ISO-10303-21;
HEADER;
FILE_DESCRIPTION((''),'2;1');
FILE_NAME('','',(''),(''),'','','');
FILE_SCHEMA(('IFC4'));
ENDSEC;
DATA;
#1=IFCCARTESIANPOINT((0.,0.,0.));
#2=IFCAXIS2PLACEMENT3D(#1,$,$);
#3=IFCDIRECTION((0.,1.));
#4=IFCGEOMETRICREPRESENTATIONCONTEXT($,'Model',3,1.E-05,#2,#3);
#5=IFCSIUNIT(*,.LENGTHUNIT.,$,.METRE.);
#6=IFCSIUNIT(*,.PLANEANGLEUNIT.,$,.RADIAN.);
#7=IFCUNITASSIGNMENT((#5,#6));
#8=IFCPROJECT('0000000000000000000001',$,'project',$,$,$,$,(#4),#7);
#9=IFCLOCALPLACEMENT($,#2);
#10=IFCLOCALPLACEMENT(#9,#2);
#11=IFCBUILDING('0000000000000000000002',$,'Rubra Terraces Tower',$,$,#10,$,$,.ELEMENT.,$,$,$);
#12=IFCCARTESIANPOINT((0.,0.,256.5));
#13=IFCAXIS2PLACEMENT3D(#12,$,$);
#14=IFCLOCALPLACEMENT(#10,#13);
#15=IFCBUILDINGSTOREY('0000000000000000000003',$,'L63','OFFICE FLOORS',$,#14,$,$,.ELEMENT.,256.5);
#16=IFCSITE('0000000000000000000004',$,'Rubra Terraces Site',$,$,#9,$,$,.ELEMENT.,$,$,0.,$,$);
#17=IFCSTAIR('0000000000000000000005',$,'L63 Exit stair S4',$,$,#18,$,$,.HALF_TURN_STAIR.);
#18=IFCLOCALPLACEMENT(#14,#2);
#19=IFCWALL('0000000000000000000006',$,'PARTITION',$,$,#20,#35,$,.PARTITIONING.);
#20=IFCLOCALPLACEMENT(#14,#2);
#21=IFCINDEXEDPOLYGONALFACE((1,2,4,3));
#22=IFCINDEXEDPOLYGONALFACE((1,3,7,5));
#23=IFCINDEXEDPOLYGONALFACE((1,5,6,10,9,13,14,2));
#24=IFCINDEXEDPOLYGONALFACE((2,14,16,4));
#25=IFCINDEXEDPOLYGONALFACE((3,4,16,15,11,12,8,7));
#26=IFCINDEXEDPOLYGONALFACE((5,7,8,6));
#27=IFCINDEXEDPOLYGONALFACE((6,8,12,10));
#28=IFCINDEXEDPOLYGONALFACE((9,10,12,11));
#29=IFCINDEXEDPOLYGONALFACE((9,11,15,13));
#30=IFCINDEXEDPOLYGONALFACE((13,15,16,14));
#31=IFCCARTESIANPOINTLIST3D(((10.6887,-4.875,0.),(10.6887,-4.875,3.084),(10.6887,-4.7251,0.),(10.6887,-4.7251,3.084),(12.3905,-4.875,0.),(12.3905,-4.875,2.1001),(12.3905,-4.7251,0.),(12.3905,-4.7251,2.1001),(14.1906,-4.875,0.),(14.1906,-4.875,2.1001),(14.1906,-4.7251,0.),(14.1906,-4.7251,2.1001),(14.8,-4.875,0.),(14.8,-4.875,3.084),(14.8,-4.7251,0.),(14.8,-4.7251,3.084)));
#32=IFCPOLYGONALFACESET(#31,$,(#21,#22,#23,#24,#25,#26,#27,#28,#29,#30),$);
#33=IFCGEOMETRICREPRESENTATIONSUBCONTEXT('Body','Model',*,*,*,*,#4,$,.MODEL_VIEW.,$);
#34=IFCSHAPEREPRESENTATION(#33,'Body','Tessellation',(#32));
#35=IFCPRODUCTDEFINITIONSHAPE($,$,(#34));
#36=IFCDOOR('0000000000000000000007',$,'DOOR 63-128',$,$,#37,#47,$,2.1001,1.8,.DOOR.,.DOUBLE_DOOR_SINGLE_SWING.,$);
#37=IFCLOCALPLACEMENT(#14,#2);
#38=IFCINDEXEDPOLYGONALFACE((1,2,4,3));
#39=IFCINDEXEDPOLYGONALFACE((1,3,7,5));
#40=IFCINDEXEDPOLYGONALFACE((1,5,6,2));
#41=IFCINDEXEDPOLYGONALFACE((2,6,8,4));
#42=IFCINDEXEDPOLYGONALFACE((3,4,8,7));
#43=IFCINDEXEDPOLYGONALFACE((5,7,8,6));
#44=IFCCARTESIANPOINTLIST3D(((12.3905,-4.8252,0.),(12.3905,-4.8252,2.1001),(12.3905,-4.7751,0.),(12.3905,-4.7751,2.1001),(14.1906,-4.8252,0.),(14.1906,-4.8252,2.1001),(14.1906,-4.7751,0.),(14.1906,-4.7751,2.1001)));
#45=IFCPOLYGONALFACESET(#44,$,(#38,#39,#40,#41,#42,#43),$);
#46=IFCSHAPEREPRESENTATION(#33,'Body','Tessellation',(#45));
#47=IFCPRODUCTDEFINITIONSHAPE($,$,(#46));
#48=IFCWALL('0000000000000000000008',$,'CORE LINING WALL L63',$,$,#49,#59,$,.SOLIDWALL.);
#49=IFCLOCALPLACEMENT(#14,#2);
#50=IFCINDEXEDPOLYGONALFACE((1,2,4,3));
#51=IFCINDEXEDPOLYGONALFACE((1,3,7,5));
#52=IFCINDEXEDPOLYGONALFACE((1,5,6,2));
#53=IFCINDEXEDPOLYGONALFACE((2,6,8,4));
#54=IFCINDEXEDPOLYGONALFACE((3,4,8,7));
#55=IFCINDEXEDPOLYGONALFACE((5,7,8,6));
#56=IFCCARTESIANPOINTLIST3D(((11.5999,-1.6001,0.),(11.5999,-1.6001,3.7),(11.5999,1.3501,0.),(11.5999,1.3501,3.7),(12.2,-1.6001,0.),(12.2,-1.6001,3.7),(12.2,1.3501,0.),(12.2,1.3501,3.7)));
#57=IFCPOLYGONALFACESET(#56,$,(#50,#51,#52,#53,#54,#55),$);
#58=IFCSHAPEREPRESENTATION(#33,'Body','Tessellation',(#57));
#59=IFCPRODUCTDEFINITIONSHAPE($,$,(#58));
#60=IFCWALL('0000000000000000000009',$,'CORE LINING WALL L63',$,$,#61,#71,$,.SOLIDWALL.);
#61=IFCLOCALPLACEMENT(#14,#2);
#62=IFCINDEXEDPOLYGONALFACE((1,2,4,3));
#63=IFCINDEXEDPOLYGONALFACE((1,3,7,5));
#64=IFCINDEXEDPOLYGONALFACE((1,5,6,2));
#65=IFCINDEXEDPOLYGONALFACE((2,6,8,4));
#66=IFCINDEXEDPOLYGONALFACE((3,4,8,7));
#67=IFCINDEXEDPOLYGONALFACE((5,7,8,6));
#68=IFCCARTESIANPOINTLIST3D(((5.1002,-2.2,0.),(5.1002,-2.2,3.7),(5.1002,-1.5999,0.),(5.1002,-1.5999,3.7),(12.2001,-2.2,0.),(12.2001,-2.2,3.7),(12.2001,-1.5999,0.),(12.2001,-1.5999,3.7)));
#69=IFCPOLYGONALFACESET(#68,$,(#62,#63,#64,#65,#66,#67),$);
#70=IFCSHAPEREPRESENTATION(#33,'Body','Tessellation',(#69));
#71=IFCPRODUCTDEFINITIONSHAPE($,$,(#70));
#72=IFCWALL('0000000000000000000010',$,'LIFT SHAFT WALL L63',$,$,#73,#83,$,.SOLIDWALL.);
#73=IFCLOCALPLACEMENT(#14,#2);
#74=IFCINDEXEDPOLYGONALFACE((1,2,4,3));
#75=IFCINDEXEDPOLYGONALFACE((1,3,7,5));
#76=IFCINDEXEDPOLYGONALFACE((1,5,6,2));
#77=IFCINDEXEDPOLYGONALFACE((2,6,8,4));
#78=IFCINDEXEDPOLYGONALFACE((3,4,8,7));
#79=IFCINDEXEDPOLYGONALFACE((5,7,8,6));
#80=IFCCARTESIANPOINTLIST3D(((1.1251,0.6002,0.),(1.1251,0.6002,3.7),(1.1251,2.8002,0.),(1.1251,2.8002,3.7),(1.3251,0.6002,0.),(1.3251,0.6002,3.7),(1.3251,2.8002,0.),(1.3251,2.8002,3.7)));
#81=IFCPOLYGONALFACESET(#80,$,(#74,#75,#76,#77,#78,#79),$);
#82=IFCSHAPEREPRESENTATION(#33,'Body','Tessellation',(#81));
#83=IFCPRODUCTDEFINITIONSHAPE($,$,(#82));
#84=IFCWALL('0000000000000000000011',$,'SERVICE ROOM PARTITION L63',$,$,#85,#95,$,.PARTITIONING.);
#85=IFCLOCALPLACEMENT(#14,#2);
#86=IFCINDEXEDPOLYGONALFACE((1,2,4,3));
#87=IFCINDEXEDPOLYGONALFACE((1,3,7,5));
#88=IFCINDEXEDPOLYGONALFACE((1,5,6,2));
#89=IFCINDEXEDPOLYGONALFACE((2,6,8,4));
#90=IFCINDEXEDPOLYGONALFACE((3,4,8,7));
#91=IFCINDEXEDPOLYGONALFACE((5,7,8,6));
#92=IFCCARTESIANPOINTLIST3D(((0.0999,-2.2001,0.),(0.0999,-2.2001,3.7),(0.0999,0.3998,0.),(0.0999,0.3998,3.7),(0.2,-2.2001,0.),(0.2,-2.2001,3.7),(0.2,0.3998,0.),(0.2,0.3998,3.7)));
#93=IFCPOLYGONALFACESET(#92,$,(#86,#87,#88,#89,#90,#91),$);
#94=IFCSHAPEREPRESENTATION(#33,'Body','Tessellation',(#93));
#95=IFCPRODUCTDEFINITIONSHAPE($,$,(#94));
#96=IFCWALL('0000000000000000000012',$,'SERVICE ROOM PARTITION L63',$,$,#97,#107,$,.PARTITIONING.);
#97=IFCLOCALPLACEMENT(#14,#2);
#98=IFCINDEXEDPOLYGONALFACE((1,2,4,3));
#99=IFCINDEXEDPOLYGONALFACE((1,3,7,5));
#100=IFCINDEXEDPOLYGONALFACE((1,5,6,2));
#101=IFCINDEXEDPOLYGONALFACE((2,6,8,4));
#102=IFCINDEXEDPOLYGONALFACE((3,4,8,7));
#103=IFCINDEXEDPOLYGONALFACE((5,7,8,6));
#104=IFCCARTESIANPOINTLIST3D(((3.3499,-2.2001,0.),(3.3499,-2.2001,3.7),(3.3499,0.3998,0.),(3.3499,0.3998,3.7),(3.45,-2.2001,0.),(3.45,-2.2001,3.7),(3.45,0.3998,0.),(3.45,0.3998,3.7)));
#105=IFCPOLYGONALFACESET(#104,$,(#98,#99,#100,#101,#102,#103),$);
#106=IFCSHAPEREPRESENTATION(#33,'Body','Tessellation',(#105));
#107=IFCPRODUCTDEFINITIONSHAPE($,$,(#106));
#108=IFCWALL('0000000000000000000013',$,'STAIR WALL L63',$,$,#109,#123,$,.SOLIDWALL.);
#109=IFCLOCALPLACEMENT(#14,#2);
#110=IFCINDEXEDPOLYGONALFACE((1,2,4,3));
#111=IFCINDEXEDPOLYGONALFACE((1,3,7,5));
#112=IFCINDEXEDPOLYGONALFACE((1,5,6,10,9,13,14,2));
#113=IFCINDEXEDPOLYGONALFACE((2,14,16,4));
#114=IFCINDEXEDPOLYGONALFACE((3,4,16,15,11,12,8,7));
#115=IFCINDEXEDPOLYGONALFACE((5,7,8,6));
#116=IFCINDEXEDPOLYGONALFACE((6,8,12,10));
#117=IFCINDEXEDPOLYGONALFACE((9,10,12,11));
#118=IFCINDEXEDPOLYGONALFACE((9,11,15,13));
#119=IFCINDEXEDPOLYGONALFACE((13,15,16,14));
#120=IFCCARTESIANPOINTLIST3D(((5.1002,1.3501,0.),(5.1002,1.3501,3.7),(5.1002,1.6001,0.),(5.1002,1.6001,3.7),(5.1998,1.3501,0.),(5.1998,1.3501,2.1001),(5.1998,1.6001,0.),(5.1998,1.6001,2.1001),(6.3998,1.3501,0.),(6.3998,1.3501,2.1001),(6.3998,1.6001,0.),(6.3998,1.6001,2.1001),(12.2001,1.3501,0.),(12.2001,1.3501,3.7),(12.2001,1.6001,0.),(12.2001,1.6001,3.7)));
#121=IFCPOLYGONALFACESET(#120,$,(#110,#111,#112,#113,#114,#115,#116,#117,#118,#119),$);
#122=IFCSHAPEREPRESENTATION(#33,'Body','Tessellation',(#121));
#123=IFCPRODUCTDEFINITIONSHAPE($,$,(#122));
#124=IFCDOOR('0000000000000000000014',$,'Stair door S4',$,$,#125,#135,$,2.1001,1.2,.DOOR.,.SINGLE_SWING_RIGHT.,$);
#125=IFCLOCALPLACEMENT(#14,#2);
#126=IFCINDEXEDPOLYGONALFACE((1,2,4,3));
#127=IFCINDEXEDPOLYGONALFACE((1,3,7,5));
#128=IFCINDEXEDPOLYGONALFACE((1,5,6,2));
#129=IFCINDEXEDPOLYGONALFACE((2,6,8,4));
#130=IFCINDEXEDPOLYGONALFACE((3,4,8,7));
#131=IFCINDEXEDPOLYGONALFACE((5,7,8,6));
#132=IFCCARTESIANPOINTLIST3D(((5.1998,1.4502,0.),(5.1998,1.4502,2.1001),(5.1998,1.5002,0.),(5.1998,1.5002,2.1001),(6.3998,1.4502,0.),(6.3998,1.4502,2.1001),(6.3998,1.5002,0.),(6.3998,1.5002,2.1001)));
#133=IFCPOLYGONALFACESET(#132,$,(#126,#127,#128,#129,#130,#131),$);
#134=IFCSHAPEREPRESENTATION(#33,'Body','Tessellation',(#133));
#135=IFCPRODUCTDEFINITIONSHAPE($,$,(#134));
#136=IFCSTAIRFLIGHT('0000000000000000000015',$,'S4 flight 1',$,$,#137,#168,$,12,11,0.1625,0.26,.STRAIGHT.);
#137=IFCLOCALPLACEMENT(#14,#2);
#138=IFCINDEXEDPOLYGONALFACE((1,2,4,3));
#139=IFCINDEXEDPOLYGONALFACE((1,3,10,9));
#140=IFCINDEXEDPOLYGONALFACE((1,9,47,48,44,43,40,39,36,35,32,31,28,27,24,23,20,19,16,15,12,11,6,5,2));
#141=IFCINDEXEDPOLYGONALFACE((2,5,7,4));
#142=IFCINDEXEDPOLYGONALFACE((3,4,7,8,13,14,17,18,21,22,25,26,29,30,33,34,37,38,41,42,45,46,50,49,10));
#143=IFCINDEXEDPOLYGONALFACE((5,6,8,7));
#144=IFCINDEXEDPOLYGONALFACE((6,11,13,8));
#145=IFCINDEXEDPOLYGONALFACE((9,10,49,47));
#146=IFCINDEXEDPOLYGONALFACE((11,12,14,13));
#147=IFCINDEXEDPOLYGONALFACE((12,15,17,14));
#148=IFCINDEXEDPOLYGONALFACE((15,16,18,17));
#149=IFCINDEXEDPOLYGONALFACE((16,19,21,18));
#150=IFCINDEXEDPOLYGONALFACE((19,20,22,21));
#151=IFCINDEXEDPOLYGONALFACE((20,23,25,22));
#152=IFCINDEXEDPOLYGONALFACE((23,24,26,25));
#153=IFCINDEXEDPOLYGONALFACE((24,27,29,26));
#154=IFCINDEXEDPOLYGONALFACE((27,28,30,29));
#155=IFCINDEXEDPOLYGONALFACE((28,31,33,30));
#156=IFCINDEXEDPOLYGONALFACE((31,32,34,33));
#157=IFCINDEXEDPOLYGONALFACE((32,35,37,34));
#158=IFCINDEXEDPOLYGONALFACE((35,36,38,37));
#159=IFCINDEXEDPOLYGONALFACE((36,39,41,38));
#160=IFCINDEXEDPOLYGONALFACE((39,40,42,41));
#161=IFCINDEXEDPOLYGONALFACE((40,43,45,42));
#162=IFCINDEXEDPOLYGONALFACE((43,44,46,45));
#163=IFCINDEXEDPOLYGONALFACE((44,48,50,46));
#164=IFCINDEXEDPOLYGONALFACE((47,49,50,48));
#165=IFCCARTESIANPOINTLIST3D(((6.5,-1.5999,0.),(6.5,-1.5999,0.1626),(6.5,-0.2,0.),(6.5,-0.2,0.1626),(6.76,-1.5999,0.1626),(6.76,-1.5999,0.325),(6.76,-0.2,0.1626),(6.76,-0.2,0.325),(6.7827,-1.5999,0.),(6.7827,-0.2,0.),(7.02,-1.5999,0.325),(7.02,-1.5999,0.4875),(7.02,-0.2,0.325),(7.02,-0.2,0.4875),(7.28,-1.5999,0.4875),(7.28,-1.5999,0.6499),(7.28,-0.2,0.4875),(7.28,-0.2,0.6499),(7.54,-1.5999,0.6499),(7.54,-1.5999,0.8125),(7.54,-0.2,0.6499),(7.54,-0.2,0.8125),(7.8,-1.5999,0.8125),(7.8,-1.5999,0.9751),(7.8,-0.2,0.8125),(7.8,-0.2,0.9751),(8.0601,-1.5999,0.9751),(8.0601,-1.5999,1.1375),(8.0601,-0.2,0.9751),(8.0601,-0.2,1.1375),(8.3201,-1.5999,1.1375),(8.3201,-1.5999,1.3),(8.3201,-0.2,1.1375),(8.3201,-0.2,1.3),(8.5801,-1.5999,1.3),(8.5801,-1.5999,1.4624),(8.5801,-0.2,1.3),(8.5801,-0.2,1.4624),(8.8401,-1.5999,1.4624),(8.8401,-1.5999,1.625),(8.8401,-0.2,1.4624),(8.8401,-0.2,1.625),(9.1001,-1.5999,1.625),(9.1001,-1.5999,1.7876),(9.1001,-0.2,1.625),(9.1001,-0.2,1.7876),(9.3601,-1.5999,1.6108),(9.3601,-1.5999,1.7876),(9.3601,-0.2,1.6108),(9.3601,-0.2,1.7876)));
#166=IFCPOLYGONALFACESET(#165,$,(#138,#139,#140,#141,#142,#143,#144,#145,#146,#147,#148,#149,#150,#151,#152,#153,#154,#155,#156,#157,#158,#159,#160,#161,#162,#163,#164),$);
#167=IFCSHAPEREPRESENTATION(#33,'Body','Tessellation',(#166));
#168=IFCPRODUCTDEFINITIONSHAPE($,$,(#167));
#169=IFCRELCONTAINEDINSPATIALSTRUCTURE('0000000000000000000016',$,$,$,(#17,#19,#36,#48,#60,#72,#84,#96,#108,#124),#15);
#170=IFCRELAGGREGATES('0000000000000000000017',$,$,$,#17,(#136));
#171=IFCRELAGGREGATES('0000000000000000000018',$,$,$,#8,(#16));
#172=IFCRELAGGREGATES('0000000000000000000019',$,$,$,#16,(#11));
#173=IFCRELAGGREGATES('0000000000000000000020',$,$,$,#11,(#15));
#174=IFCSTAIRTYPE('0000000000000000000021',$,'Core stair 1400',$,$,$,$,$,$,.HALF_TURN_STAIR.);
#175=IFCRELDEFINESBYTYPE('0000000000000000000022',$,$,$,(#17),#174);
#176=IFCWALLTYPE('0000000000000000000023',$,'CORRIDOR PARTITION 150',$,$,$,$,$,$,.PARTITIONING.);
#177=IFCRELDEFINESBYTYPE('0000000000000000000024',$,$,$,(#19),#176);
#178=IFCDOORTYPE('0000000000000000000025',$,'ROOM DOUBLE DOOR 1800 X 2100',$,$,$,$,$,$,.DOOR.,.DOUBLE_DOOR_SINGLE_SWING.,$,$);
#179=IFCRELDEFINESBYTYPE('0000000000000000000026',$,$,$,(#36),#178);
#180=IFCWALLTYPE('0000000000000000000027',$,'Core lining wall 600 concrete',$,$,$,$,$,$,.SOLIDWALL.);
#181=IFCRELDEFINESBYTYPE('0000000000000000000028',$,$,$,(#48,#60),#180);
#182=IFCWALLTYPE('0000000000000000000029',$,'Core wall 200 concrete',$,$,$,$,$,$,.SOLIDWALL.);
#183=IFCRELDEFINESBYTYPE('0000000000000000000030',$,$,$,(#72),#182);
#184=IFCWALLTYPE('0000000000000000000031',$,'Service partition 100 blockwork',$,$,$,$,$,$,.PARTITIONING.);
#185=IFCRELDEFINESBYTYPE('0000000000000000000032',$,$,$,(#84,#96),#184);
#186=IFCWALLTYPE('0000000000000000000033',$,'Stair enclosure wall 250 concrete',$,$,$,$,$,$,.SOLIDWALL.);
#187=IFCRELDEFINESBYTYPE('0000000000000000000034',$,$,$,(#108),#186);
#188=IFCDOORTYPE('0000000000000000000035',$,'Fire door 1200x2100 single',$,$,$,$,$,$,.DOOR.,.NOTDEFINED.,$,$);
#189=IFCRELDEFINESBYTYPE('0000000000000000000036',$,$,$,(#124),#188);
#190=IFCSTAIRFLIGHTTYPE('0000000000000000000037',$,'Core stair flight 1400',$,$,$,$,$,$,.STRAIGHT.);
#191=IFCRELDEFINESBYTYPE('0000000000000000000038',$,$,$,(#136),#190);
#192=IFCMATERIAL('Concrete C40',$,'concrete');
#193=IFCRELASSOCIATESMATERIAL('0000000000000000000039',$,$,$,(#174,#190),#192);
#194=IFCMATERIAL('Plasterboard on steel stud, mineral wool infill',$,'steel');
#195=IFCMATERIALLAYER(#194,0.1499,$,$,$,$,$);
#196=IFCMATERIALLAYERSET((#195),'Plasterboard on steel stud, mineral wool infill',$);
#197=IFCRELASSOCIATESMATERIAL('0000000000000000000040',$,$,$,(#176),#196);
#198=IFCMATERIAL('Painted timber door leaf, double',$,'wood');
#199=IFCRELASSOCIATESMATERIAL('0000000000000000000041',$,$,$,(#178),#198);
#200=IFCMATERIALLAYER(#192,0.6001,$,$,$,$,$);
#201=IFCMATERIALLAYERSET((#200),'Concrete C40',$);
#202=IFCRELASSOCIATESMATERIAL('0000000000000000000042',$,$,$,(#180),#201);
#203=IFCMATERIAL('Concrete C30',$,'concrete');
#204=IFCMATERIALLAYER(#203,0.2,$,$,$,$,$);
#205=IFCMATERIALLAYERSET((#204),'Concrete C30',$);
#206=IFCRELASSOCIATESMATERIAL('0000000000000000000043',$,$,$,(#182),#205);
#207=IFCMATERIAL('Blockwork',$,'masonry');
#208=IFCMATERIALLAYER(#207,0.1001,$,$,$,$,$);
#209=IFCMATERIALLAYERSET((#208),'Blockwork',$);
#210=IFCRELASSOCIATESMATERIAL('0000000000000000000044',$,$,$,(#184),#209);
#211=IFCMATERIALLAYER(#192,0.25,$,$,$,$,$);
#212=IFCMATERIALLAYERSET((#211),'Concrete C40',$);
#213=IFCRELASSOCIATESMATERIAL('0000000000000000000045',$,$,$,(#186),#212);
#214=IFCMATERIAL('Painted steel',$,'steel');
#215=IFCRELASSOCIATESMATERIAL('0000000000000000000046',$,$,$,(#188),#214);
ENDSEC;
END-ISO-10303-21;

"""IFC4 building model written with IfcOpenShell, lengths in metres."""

from ifc_helpers import new_model, si_unit, direction, frame, frame_2d, origin, place, context, subcontext, project, spatial, polyline, rectangle, outline, extrude, material, layer, layer_set, type_object, element, fill, aggregate, save


model = new_model("IFC4")

# Units and contexts
model_context = context("Model", 3, precision=1e-05, world=origin(), true_north=direction((0.0, 1.0)))
body_context = subcontext(model_context, "Body", "Model", "MODEL_VIEW")
ifc_project = project(units=[si_unit("LENGTHUNIT", "METRE"), si_unit("PLANEANGLEUNIT", "RADIAN")], contexts=[model_context])

# Site, building, storey
site_placement = place(None, origin())
site = spatial("IfcSite", under=ifc_project, at=site_placement, Name="Rubra Terraces Site", CompositionType="ELEMENT", RefElevation=0.0)
building_placement = place(site_placement, origin())
building = spatial("IfcBuilding", under=site, at=building_placement, Name="Rubra Terraces Tower", CompositionType="ELEMENT")
storey_placement = place(building_placement, frame((0.0, 0.0, 256.5)))
storey = spatial("IfcBuildingStorey", under=building, at=storey_placement, Name="L63", Description="OFFICE FLOORS", CompositionType="ELEMENT", Elevation=256.5)

# Shared definitions
ifc_material_1 = material(Name="Concrete C40", Category="concrete")

# Stair
stair_type = type_object("IfcStairType", Name="Core stair 1400", PredefinedType="HALF_TURN_STAIR", material=ifc_material_1)
stair_1_placement = place(storey_placement, origin())
stair_1 = element("IfcStair", 1, at=stair_1_placement, inside=storey, type_object=stair_type, Name="L63 Exit stair S4", PredefinedType="HALF_TURN_STAIR")

# Wall, opening, door
ifc_material_2 = material(Name="Plasterboard on steel stud, mineral wool infill", Category="steel")
ifc_layer_1 = layer(ifc_material_2, 0.1499)
ifc_layer_set_1 = layer_set([ifc_layer_1], Name="Plasterboard on steel stud, mineral wool infill")
wall_type_1 = type_object("IfcWallType", Name="CORRIDOR PARTITION 150", PredefinedType="PARTITIONING", material=ifc_layer_set_1)
wall_1_placement = place(storey_placement, frame((10.6887, -4.8, 0.0), z_axis=(0.0, 0.0, 1.0), x_axis=(1.0, 0.0, 0.0)))
wall_1 = element("IfcWall", 2, at=wall_1_placement, inside=storey, type_object=wall_type_1, Name="PARTITION", PredefinedType="PARTITIONING", context=body_context, shape_type="SweptSolid", body=[
    extrude(rectangle(XDim=4.1113, YDim=0.1499, at=frame_2d((2.0557, 0.0))), origin(), (0.0, 0.0, 1.0), 3.084),
])
opening_1_placement = place(wall_1_placement, frame((1.7019, 0.0, 0.0)))
opening_1 = element("IfcOpeningElement", 3, at=opening_1_placement, cuts=wall_1, PredefinedType="OPENING", context=body_context, shape_type="SweptSolid", body=[
    extrude(rectangle(XDim=1.8, YDim=2.1001, at=frame_2d((0.8999, 1.05))), frame((0.0, 0.085, 0.0), z_axis=(0.0, -1.0, 0.0), x_axis=(1.0, 0.0, 0.0)), (0.0, 0.0, 1.0), 0.1699),
])
ifc_material_3 = material(Name="Painted timber door leaf, double", Category="wood")
door_type_1 = type_object("IfcDoorType", Name="ROOM DOUBLE DOOR 1800 X 2100", OperationType="DOUBLE_DOOR_SINGLE_SWING", PredefinedType="DOOR", material=ifc_material_3)
door_1_placement = place(opening_1_placement, origin())
door_1 = element("IfcDoor", 4, at=door_1_placement, inside=storey, type_object=door_type_1, Name="DOOR 63-128", OperationType="DOUBLE_DOOR_SINGLE_SWING", OverallHeight=2.1001, OverallWidth=1.8, PredefinedType="DOOR", context=body_context, shape_type="SweptSolid", body=[
    extrude(rectangle(XDim=1.8, YDim=2.1001, at=frame_2d((0.8999, 1.05))), frame((0.0, 0.0249, 0.0), z_axis=(0.0, -1.0, 0.0), x_axis=(1.0, 0.0, 0.0)), (0.0, 0.0, 1.0), 0.05),
])
fill(opening_1, door_1)

# Walls
ifc_layer_2 = layer(ifc_material_1, 0.6001)
ifc_layer_set_2 = layer_set([ifc_layer_2], Name="Concrete C40")
wall_type_2 = type_object("IfcWallType", Name="Core lining wall 600 concrete", PredefinedType="SOLIDWALL", material=ifc_layer_set_2)
wall_2_placement = place(storey_placement, frame((11.8999, 1.3501, 0.0), z_axis=(0.0, 0.0, 1.0), x_axis=(0.0, -1.0, 0.0)))
element("IfcWall", 5, at=wall_2_placement, inside=storey, type_object=wall_type_2, Name="CORE LINING WALL L63", PredefinedType="SOLIDWALL", context=body_context, shape_type="SweptSolid", body=[
    extrude(rectangle(XDim=2.9502, YDim=0.6001, at=frame_2d((1.4751, 0.0))), origin(), (0.0, 0.0, 1.0), 3.7),
])
wall_3_placement = place(storey_placement, frame((12.2, -1.8999, 0.0), z_axis=(0.0, 0.0, 1.0), x_axis=(-1.0, 0.0, 0.0)))
element("IfcWall", 6, at=wall_3_placement, inside=storey, type_object=wall_type_2, Name="CORE LINING WALL L63", PredefinedType="SOLIDWALL", context=body_context, shape_type="SweptSolid", body=[
    extrude(rectangle(XDim=7.0999, YDim=0.6001, at=frame_2d((3.5498, 0.0))), origin(), (0.0, 0.0, 1.0), 3.7),
])
ifc_material_4 = material(Name="Concrete C30", Category="concrete")
ifc_layer_3 = layer(ifc_material_4, 0.2)
ifc_layer_set_3 = layer_set([ifc_layer_3], Name="Concrete C30")
wall_type_3 = type_object("IfcWallType", Name="Core wall 200 concrete", PredefinedType="SOLIDWALL", material=ifc_layer_set_3)
wall_4_placement = place(storey_placement, frame((1.2251, 0.6001, 0.0), z_axis=(0.0, 0.0, 1.0), x_axis=(0.0, 1.0, 0.0)))
element("IfcWall", 7, at=wall_4_placement, inside=storey, type_object=wall_type_3, Name="LIFT SHAFT WALL L63", PredefinedType="SOLIDWALL", context=body_context, shape_type="SweptSolid", body=[
    extrude(rectangle(XDim=2.2, YDim=0.2, at=frame_2d((1.1001, 0.0))), origin(), (0.0, 0.0, 1.0), 3.7),
])
ifc_material_5 = material(Name="Blockwork", Category="masonry")
ifc_layer_4 = layer(ifc_material_5, 0.1001)
ifc_layer_set_4 = layer_set([ifc_layer_4], Name="Blockwork")
wall_type_4 = type_object("IfcWallType", Name="Service partition 100 blockwork", PredefinedType="PARTITIONING", material=ifc_layer_set_4)
for number, where, z_axis, x_axis, name in (
    (8, (0.1499, -2.2, 0.0), (0.0, 0.0, 1.0), (0.0, 1.0, 0.0), "SERVICE ROOM PARTITION L63"),
    (9, (3.3999, -2.2, 0.0), (0.0, 0.0, 1.0), (0.0, 1.0, 0.0), "SERVICE ROOM PARTITION L63"),
):
    element("IfcWall", number, at=place(storey_placement, frame(where, z_axis=z_axis, x_axis=x_axis)), inside=storey, type_object=wall_type_4, Name=name, PredefinedType="PARTITIONING", context=body_context, shape_type="SweptSolid", body=[
        extrude(rectangle(XDim=2.5999, YDim=0.1001, at=frame_2d((1.2998, 0.0))), origin(), (0.0, 0.0, 1.0), 3.7),
    ])

# Wall, opening, door
ifc_layer_5 = layer(ifc_material_1, 0.25)
ifc_layer_set_5 = layer_set([ifc_layer_5], Name="Concrete C40")
wall_type_5 = type_object("IfcWallType", Name="Stair enclosure wall 250 concrete", PredefinedType="SOLIDWALL", material=ifc_layer_set_5)
wall_5_placement = place(storey_placement, frame((12.2, 1.4751, 0.0), z_axis=(0.0, 0.0, 1.0), x_axis=(-1.0, 0.0, 0.0)))
wall_5 = element("IfcWall", 10, at=wall_5_placement, inside=storey, type_object=wall_type_5, Name="STAIR WALL L63", PredefinedType="SOLIDWALL", context=body_context, shape_type="SweptSolid", body=[
    extrude(rectangle(XDim=7.0999, YDim=0.25, at=frame_2d((3.5498, 0.0))), origin(), (0.0, 0.0, 1.0), 3.7),
])
opening_2_placement = place(wall_5_placement, frame((5.8, 0.0, 0.0)))
opening_2 = element("IfcOpeningElement", 11, at=opening_2_placement, cuts=wall_5, PredefinedType="OPENING", context=body_context, shape_type="SweptSolid", body=[
    extrude(rectangle(XDim=1.2, YDim=2.1001, at=frame_2d((0.6001, 1.05))), frame((0.0, 0.135, 0.0), z_axis=(0.0, -1.0, 0.0), x_axis=(1.0, 0.0, 0.0)), (0.0, 0.0, 1.0), 0.27),
])
ifc_material_6 = material(Name="Painted steel", Category="steel")
door_type_2 = type_object("IfcDoorType", Name="Fire door 1200x2100 single", OperationType="NOTDEFINED", PredefinedType="DOOR", material=ifc_material_6)
door_2_placement = place(opening_2_placement, origin())
door_2 = element("IfcDoor", 12, at=door_2_placement, inside=storey, type_object=door_type_2, Name="Stair door S4", OperationType="SINGLE_SWING_RIGHT", OverallHeight=2.1001, OverallWidth=1.2, PredefinedType="DOOR", context=body_context, shape_type="SweptSolid", body=[
    extrude(rectangle(XDim=1.2, YDim=2.1001, at=frame_2d((0.6001, 1.05))), frame((0.0, 0.0249, 0.0), z_axis=(0.0, -1.0, 0.0), x_axis=(1.0, 0.0, 0.0)), (0.0, 0.0, 1.0), 0.05),
])
fill(opening_2, door_2)

# Stair flight
stair_flight_type = type_object("IfcStairFlightType", Name="Core stair flight 1400", PredefinedType="STRAIGHT", material=ifc_material_1)
stair_flight_1_placement = place(storey_placement, frame((6.5, -0.8999, 0.0), z_axis=(0.0, 0.0, 1.0), x_axis=(1.0, 0.0, 0.0)))
stair_flight_1 = element("IfcStairFlight", 13, at=stair_flight_1_placement, type_object=stair_flight_type, Name="S4 flight 1", NumberOfRisers=12, NumberOfTreads=11, PredefinedType="STRAIGHT", RiserHeight=0.1625, TreadLength=0.26, context=body_context, shape_type="SweptSolid", body=[
    extrude(outline(polyline([(0.0, 0.0), (0.0, 0.1626), (0.26, 0.1626), (0.26, 0.325), (0.52, 0.325), (0.52, 0.4875), (0.78, 0.4875), (0.78, 0.6499), (1.04, 0.6499), (1.04, 0.8125), (1.3, 0.8125), (1.3, 0.9751), (1.5601, 0.9751), (1.5601, 1.1375), (1.8201, 1.1375), (1.8201, 1.3), (2.0801, 1.3), (2.0801, 1.4624), (2.3401, 1.4624), (2.3401, 1.625), (2.6001, 1.625), (2.6001, 1.7876), (2.8601, 1.7876), (2.8601, 1.95), (2.8601, 1.6108), (0.2827, 0.0), (0.0, 0.0)])), frame((0.0, 0.7, 0.0), z_axis=(0.0, -1.0, 0.0), x_axis=(1.0, 0.0, 0.0)), (0.0, 0.0, 1.0), 1.3999),
])
aggregate(stair_1, [stair_flight_1])

save(model, "model.ifc")
